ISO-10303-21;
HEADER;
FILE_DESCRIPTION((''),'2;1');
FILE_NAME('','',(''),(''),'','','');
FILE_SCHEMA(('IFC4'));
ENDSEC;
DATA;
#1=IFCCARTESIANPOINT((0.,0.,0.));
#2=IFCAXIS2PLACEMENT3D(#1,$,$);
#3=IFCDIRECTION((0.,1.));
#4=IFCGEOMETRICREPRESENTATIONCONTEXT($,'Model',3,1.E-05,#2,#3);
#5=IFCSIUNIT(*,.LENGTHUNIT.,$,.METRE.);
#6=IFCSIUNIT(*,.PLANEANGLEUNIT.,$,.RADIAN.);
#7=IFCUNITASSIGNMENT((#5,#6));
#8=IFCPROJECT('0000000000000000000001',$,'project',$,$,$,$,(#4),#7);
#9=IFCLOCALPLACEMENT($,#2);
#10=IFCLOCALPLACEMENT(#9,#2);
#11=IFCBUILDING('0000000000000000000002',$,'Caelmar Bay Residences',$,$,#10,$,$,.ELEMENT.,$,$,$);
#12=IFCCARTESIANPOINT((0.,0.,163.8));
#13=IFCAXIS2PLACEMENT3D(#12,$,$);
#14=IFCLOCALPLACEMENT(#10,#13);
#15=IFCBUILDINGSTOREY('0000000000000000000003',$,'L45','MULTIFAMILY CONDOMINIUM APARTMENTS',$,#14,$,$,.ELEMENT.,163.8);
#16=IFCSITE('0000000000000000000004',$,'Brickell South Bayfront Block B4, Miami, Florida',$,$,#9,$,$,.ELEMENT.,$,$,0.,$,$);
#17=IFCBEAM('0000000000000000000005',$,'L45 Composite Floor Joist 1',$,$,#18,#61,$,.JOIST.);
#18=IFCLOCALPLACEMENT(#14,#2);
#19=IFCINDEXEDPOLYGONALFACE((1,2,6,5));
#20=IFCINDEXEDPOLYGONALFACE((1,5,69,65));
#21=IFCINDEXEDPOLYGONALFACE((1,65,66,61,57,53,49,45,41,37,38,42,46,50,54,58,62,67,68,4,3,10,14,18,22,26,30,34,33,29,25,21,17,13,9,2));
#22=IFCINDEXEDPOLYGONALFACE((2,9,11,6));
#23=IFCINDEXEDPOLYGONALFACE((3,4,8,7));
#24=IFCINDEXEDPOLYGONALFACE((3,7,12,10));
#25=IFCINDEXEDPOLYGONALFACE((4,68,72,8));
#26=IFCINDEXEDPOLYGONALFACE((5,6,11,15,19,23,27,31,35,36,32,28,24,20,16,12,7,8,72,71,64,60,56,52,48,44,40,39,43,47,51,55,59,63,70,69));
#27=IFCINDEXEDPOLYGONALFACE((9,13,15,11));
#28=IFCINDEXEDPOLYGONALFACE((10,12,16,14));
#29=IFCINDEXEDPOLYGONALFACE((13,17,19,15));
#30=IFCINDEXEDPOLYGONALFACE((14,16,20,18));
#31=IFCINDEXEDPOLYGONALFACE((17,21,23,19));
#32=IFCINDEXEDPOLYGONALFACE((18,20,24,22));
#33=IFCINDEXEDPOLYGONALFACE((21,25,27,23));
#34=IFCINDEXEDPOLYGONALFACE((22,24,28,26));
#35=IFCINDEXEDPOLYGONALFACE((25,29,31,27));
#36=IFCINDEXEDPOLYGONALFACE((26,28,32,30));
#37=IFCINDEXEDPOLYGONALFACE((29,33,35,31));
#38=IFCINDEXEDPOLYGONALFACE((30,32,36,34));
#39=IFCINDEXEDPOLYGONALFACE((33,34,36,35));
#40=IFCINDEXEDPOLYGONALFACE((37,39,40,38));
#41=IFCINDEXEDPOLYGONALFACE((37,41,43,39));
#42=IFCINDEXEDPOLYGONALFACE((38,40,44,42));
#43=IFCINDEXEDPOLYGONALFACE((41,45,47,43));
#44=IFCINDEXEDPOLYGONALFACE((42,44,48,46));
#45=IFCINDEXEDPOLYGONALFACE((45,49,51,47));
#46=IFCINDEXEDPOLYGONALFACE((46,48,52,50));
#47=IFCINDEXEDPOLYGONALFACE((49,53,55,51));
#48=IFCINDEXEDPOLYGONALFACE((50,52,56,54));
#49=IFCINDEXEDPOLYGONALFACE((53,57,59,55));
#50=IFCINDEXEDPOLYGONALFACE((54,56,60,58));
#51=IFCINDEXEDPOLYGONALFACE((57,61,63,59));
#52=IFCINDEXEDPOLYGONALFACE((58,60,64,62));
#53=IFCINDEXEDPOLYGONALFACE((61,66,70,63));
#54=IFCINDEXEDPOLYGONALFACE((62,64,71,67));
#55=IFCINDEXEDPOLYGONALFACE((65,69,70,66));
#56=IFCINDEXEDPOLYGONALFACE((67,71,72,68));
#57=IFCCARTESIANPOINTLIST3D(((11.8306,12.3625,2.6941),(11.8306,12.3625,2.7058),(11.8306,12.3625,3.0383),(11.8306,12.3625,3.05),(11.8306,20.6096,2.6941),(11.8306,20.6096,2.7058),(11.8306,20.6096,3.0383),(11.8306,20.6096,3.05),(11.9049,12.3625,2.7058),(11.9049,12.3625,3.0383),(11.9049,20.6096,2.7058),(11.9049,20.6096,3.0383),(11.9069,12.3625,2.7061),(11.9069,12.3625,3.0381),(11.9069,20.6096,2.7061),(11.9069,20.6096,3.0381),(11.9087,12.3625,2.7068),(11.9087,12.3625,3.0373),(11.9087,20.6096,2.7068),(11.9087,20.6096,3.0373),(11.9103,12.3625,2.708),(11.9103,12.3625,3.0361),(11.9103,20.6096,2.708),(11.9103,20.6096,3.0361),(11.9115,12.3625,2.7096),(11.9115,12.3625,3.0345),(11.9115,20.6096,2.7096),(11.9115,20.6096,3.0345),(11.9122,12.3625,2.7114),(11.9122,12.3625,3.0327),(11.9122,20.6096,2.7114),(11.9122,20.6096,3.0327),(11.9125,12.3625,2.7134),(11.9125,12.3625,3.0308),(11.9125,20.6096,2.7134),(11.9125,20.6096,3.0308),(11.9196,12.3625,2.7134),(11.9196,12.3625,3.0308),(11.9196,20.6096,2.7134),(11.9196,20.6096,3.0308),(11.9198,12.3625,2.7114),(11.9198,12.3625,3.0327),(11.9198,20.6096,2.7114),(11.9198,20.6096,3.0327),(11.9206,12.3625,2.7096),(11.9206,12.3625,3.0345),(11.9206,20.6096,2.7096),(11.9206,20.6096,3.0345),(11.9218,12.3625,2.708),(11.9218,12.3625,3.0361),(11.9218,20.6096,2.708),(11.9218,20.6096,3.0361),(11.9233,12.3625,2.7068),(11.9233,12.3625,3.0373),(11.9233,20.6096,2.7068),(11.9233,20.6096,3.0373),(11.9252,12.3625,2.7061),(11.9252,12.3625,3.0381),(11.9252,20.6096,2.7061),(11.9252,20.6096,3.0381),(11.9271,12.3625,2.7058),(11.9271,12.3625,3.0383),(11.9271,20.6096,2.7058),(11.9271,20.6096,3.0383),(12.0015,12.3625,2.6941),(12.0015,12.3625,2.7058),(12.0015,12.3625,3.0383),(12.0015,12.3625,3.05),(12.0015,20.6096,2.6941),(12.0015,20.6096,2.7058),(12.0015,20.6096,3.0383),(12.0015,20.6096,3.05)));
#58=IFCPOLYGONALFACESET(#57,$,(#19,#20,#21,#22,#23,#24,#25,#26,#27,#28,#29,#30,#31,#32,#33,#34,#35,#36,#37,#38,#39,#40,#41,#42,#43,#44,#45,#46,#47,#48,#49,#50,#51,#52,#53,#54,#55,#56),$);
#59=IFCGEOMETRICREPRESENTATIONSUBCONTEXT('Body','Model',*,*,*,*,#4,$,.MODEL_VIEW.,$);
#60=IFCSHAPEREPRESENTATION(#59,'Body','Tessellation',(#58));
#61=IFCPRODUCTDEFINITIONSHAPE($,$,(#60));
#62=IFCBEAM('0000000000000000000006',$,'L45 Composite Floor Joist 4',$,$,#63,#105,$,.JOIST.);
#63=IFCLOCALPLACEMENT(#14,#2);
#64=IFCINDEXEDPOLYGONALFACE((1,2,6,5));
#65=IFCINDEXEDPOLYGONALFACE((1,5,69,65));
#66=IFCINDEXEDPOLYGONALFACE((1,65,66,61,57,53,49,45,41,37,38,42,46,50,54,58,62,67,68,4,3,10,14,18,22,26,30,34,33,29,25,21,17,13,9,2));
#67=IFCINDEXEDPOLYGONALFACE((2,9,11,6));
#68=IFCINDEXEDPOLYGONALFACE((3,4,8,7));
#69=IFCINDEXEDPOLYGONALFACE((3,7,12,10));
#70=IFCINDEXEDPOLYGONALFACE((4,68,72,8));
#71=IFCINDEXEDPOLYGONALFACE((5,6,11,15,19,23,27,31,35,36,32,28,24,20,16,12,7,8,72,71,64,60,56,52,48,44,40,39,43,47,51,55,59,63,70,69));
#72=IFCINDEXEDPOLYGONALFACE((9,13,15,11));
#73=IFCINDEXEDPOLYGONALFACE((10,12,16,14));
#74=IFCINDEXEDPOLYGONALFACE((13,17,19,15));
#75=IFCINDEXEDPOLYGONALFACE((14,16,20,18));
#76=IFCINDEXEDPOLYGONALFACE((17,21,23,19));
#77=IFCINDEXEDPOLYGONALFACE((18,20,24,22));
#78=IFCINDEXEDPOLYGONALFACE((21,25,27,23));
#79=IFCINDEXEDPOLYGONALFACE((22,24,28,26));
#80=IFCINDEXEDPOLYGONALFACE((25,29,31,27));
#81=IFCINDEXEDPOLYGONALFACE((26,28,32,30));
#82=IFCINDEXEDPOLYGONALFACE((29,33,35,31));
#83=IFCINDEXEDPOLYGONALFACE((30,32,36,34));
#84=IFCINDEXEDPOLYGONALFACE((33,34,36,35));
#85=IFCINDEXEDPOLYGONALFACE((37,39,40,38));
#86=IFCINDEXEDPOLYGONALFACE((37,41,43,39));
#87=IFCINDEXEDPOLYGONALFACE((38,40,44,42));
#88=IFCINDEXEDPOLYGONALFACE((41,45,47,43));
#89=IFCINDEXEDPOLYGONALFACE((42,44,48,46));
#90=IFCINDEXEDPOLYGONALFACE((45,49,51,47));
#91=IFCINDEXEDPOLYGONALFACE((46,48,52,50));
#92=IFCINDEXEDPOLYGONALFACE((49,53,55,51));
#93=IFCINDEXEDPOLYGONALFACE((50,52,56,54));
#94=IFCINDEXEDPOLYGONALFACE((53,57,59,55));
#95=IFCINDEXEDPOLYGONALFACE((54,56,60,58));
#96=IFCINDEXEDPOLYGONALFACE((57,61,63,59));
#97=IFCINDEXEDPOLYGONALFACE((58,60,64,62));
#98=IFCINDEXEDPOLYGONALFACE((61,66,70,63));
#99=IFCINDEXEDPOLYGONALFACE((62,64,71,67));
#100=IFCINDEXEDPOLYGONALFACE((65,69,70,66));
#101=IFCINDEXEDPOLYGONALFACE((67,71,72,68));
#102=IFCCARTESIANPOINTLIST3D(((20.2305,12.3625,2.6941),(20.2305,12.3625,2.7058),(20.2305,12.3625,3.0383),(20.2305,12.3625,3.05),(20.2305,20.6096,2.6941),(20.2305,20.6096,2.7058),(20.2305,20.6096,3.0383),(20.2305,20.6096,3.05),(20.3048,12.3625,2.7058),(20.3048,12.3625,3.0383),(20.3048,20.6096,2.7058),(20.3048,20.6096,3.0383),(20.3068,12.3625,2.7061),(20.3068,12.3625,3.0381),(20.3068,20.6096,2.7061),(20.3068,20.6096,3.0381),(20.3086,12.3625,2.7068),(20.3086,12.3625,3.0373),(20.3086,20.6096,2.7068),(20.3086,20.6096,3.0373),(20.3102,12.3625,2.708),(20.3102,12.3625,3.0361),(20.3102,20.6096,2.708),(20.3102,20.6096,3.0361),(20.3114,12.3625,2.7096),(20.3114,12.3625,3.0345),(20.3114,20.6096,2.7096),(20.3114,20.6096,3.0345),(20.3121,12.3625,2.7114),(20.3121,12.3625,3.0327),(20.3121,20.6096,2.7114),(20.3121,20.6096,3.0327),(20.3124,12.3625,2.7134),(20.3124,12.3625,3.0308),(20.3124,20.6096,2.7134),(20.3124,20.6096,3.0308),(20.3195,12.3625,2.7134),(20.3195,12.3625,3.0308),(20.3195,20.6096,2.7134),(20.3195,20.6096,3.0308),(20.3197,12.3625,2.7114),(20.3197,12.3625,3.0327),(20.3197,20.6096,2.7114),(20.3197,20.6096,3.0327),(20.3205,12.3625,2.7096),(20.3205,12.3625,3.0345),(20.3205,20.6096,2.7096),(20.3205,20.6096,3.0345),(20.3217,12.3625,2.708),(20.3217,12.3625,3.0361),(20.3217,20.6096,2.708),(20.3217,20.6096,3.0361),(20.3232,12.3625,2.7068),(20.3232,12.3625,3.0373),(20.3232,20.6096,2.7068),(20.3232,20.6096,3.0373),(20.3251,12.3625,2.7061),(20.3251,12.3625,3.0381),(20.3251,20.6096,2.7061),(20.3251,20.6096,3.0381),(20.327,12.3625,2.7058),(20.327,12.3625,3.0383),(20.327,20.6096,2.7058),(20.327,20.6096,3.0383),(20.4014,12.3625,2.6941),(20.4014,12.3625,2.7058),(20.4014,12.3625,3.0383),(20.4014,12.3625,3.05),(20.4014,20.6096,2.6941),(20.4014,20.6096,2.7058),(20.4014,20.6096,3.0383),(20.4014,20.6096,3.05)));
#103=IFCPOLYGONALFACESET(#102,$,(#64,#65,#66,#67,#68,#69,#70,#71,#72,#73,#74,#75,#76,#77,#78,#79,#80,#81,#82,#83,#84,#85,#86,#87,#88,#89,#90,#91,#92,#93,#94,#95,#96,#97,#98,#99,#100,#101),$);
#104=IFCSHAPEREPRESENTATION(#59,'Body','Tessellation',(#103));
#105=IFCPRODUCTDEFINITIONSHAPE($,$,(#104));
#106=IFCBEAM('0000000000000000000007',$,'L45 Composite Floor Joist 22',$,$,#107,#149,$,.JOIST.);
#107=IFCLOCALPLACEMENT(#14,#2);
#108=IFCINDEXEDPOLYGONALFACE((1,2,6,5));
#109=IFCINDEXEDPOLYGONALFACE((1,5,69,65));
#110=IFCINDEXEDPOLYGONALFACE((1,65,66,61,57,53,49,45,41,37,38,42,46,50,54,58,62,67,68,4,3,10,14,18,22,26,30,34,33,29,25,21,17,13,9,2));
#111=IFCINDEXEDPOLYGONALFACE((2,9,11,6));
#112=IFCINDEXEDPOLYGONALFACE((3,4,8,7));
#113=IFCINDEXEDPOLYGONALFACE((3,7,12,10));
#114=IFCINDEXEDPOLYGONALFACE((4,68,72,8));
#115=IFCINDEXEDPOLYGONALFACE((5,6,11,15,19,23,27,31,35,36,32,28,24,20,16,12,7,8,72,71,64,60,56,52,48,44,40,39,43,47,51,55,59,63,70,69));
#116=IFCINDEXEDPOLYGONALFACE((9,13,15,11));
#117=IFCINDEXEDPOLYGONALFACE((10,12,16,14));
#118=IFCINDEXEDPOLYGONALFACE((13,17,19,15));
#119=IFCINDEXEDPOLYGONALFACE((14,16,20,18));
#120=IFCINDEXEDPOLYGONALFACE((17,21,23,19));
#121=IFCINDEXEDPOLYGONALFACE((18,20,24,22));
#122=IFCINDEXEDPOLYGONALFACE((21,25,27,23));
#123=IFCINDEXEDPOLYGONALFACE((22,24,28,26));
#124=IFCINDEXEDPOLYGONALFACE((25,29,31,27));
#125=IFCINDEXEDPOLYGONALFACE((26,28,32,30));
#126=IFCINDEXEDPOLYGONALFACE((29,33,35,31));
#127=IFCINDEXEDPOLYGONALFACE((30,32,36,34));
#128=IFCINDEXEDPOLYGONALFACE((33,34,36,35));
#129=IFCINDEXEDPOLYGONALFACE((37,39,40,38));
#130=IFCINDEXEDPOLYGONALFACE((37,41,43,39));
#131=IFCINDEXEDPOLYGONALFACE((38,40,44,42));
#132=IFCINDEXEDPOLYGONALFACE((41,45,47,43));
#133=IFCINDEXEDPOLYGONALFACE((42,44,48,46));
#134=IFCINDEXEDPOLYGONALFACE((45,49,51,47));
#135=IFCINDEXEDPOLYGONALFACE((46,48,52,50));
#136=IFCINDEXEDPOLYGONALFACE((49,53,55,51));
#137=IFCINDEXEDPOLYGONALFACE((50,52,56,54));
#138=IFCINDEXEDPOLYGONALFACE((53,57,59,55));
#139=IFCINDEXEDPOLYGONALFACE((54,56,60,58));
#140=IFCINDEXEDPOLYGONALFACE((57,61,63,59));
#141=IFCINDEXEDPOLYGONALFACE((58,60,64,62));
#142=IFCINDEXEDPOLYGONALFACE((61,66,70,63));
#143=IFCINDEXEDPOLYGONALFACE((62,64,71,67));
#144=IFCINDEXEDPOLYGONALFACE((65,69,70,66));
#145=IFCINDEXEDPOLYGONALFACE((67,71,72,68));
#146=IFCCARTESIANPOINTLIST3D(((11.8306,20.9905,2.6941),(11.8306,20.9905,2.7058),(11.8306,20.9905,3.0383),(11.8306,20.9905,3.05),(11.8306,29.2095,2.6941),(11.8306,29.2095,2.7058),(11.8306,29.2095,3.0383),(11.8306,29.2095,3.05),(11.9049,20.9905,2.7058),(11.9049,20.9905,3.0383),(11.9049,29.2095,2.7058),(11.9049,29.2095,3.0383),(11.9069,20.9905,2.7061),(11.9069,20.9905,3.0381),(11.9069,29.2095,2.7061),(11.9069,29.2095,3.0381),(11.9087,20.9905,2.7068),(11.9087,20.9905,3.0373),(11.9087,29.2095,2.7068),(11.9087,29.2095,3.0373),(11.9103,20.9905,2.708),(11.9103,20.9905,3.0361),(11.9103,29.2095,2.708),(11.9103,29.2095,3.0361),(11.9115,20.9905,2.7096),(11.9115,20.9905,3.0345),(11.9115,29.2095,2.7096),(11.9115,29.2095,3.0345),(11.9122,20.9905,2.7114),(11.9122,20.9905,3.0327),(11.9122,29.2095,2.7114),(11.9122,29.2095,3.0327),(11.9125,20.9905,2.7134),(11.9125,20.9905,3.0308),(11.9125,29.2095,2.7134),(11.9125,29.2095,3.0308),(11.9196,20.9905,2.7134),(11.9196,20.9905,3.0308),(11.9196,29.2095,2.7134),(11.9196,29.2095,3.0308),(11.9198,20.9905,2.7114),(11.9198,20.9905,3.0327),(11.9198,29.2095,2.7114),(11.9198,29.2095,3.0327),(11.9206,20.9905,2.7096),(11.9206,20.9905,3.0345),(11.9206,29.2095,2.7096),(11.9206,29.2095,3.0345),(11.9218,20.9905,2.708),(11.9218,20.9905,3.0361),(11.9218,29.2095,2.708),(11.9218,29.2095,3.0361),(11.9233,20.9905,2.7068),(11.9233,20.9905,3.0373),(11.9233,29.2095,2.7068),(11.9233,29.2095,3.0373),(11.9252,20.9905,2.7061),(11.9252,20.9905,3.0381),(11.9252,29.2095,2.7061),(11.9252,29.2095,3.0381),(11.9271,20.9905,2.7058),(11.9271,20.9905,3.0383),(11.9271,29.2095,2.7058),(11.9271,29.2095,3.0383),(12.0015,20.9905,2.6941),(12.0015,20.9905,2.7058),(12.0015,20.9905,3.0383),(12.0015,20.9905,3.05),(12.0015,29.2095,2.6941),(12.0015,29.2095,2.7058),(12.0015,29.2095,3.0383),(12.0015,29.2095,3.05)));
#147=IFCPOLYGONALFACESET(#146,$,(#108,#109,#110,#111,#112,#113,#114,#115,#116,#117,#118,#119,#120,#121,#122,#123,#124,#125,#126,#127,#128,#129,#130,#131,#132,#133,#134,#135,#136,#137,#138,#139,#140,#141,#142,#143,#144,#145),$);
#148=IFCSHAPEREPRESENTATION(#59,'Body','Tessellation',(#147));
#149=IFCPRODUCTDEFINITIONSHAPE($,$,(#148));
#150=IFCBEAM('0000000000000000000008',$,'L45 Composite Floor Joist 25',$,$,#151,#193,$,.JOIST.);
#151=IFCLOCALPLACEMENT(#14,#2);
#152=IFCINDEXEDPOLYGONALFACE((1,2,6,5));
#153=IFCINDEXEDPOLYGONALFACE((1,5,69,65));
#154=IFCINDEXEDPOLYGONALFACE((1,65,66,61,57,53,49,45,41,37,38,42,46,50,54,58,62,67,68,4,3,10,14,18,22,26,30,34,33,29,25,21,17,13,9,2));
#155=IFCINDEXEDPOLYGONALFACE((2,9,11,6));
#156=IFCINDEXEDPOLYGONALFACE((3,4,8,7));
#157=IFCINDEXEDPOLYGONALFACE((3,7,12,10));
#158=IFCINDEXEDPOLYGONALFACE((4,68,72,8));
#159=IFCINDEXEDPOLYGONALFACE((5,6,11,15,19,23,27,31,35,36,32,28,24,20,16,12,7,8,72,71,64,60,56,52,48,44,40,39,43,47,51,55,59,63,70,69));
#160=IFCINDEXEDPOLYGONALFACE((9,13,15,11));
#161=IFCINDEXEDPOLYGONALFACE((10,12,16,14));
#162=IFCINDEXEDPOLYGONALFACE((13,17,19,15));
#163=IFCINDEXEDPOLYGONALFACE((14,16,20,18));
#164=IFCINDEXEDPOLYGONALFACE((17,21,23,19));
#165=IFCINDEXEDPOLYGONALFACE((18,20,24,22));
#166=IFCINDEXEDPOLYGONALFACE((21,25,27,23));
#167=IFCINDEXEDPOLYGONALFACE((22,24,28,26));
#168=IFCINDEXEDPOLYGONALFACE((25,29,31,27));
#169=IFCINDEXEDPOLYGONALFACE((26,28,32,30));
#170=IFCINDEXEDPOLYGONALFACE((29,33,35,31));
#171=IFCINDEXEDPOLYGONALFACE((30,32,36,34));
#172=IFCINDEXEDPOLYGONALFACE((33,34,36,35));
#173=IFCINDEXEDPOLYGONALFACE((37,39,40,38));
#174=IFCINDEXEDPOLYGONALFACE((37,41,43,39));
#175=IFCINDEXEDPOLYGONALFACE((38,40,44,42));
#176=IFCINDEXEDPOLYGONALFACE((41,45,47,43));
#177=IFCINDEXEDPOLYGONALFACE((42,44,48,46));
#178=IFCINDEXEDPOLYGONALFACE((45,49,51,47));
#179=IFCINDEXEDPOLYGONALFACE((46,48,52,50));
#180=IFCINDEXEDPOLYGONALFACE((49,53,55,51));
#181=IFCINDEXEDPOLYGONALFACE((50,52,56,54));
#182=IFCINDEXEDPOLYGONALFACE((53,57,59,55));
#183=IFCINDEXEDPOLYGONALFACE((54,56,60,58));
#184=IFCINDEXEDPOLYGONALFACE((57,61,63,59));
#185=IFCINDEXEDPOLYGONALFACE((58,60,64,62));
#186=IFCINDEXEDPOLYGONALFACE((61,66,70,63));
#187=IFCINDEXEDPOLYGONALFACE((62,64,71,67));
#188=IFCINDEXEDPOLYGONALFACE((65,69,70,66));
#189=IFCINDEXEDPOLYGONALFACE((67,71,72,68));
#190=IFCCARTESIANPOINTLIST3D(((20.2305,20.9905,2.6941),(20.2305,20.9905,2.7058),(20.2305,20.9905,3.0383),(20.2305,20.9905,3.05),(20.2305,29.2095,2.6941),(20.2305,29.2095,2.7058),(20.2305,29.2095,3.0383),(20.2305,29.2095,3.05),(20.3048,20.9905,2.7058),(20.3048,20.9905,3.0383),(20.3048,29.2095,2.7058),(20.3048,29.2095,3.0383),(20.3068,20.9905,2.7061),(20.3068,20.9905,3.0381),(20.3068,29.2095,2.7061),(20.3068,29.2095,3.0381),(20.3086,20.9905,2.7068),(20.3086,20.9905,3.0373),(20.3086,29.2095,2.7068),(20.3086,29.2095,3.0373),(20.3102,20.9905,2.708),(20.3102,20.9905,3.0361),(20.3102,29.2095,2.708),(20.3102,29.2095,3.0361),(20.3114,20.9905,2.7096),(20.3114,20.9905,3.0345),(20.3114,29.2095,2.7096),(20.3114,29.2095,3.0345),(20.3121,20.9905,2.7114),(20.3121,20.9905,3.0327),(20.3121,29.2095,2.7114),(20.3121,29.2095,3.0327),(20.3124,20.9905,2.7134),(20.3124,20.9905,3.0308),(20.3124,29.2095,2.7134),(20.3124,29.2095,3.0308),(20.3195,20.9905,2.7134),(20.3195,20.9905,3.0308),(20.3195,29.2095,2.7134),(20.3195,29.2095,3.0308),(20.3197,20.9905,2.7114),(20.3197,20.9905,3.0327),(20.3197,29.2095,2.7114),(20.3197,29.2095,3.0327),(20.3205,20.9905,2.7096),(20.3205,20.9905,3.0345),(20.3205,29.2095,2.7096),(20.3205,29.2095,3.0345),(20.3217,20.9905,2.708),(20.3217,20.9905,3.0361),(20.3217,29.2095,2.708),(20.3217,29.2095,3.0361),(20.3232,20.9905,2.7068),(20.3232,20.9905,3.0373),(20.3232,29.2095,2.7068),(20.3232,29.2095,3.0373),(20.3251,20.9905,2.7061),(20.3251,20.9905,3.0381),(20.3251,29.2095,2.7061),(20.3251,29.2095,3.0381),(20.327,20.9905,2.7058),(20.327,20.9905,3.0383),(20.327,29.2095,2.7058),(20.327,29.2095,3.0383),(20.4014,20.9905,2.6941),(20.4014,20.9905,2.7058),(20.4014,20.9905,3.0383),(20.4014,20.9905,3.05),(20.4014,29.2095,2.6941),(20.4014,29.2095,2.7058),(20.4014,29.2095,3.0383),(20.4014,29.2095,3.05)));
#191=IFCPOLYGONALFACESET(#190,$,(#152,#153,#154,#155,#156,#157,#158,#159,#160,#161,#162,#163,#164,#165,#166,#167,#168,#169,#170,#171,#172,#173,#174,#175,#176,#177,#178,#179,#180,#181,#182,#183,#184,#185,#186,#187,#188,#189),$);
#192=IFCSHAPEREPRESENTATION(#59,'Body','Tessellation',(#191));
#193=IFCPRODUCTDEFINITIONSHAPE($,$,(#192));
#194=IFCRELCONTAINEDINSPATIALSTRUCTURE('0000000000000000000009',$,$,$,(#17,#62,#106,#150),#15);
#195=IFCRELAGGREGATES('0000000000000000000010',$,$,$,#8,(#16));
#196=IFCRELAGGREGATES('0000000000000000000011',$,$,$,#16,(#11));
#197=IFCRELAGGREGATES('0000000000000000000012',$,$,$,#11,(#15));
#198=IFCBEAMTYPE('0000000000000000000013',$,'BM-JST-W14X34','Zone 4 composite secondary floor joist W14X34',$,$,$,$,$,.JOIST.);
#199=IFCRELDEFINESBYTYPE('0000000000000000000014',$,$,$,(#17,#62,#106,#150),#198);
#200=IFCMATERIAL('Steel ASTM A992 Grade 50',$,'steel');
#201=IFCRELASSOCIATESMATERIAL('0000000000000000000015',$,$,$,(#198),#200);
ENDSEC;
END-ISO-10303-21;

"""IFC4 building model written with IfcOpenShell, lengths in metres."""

from ifc_helpers import new_model, si_unit, direction, frame, origin, origin_2d, place, context, subcontext, project, spatial, i_section, extrude, material, material_profile, profile_set, type_object, element, save


model = new_model("IFC4")

# Units and contexts
model_context = context("Model", 3, precision=1e-05, world=origin(), true_north=direction((0.0, 1.0)))
body_context = subcontext(model_context, "Body", "Model", "MODEL_VIEW")
ifc_project = project(units=[si_unit("LENGTHUNIT", "METRE"), si_unit("PLANEANGLEUNIT", "RADIAN")], contexts=[model_context])

# Site, building, storey
site_placement = place(None, origin())
site = spatial("IfcSite", under=ifc_project, at=site_placement, Name="Brickell South Bayfront Block B4, Miami, Florida", CompositionType="ELEMENT", RefElevation=0.0)
building_placement = place(site_placement, origin())
building = spatial("IfcBuilding", under=site, at=building_placement, Name="Caelmar Bay Residences", CompositionType="ELEMENT")
storey_placement = place(building_placement, frame((0.0, 0.0, 163.8)))
storey = spatial("IfcBuildingStorey", under=building, at=storey_placement, Name="L45", Description="MULTIFAMILY CONDOMINIUM APARTMENTS", CompositionType="ELEMENT", Elevation=163.8)

# Beams
ifc_material_1 = material(Name="Steel ASTM A992 Grade 50", Category="steel")
ifc_material_profile_1 = material_profile(ifc_material_1, i_section(OverallWidth=0.1709, OverallDepth=0.356, WebThickness=0.0071, FlangeThickness=0.0117, FilletRadius=0.0076, at=origin_2d()), Name="W14X34")
ifc_profile_set_1 = profile_set([ifc_material_profile_1], Name="Steel ASTM A992 Grade 50")
beam_type_1 = type_object("IfcBeamType", Name="BM-JST-W14X34", Description="Zone 4 composite secondary floor joist W14X34", PredefinedType="JOIST", material=ifc_profile_set_1)
for number, where, z_axis, x_axis, name in (
    (1, (11.916, 12.3625, 2.8721), (0.0, 1.0, 0.0), (-1.0, 0.0, 0.0), "L45 Composite Floor Joist 1"),
    (2, (20.3159, 12.3625, 2.8721), (0.0, 1.0, 0.0), (-1.0, 0.0, 0.0), "L45 Composite Floor Joist 4"),
):
    element("IfcBeam", number, at=place(storey_placement, frame(where, z_axis=z_axis, x_axis=x_axis)), inside=storey, type_object=beam_type_1, Name=name, PredefinedType="JOIST", context=body_context, shape_type="SweptSolid", body=[
        extrude(i_section(OverallWidth=0.1709, OverallDepth=0.356, WebThickness=0.0071, FlangeThickness=0.0117, FilletRadius=0.0076, at=origin_2d()), origin(), (0.0, 0.0, 1.0), 8.2471),
    ])
for number, where, z_axis, x_axis, name in (
    (3, (11.916, 20.9905, 2.8721), (0.0, 1.0, 0.0), (-1.0, 0.0, 0.0), "L45 Composite Floor Joist 22"),
    (4, (20.3159, 20.9905, 2.8721), (0.0, 1.0, 0.0), (-1.0, 0.0, 0.0), "L45 Composite Floor Joist 25"),
):
    element("IfcBeam", number, at=place(storey_placement, frame(where, z_axis=z_axis, x_axis=x_axis)), inside=storey, type_object=beam_type_1, Name=name, PredefinedType="JOIST", context=body_context, shape_type="SweptSolid", body=[
        extrude(i_section(OverallWidth=0.1709, OverallDepth=0.356, WebThickness=0.0071, FlangeThickness=0.0117, FilletRadius=0.0076, at=origin_2d()), origin(), (0.0, 0.0, 1.0), 8.219),
    ])

save(model, "model.ifc")
